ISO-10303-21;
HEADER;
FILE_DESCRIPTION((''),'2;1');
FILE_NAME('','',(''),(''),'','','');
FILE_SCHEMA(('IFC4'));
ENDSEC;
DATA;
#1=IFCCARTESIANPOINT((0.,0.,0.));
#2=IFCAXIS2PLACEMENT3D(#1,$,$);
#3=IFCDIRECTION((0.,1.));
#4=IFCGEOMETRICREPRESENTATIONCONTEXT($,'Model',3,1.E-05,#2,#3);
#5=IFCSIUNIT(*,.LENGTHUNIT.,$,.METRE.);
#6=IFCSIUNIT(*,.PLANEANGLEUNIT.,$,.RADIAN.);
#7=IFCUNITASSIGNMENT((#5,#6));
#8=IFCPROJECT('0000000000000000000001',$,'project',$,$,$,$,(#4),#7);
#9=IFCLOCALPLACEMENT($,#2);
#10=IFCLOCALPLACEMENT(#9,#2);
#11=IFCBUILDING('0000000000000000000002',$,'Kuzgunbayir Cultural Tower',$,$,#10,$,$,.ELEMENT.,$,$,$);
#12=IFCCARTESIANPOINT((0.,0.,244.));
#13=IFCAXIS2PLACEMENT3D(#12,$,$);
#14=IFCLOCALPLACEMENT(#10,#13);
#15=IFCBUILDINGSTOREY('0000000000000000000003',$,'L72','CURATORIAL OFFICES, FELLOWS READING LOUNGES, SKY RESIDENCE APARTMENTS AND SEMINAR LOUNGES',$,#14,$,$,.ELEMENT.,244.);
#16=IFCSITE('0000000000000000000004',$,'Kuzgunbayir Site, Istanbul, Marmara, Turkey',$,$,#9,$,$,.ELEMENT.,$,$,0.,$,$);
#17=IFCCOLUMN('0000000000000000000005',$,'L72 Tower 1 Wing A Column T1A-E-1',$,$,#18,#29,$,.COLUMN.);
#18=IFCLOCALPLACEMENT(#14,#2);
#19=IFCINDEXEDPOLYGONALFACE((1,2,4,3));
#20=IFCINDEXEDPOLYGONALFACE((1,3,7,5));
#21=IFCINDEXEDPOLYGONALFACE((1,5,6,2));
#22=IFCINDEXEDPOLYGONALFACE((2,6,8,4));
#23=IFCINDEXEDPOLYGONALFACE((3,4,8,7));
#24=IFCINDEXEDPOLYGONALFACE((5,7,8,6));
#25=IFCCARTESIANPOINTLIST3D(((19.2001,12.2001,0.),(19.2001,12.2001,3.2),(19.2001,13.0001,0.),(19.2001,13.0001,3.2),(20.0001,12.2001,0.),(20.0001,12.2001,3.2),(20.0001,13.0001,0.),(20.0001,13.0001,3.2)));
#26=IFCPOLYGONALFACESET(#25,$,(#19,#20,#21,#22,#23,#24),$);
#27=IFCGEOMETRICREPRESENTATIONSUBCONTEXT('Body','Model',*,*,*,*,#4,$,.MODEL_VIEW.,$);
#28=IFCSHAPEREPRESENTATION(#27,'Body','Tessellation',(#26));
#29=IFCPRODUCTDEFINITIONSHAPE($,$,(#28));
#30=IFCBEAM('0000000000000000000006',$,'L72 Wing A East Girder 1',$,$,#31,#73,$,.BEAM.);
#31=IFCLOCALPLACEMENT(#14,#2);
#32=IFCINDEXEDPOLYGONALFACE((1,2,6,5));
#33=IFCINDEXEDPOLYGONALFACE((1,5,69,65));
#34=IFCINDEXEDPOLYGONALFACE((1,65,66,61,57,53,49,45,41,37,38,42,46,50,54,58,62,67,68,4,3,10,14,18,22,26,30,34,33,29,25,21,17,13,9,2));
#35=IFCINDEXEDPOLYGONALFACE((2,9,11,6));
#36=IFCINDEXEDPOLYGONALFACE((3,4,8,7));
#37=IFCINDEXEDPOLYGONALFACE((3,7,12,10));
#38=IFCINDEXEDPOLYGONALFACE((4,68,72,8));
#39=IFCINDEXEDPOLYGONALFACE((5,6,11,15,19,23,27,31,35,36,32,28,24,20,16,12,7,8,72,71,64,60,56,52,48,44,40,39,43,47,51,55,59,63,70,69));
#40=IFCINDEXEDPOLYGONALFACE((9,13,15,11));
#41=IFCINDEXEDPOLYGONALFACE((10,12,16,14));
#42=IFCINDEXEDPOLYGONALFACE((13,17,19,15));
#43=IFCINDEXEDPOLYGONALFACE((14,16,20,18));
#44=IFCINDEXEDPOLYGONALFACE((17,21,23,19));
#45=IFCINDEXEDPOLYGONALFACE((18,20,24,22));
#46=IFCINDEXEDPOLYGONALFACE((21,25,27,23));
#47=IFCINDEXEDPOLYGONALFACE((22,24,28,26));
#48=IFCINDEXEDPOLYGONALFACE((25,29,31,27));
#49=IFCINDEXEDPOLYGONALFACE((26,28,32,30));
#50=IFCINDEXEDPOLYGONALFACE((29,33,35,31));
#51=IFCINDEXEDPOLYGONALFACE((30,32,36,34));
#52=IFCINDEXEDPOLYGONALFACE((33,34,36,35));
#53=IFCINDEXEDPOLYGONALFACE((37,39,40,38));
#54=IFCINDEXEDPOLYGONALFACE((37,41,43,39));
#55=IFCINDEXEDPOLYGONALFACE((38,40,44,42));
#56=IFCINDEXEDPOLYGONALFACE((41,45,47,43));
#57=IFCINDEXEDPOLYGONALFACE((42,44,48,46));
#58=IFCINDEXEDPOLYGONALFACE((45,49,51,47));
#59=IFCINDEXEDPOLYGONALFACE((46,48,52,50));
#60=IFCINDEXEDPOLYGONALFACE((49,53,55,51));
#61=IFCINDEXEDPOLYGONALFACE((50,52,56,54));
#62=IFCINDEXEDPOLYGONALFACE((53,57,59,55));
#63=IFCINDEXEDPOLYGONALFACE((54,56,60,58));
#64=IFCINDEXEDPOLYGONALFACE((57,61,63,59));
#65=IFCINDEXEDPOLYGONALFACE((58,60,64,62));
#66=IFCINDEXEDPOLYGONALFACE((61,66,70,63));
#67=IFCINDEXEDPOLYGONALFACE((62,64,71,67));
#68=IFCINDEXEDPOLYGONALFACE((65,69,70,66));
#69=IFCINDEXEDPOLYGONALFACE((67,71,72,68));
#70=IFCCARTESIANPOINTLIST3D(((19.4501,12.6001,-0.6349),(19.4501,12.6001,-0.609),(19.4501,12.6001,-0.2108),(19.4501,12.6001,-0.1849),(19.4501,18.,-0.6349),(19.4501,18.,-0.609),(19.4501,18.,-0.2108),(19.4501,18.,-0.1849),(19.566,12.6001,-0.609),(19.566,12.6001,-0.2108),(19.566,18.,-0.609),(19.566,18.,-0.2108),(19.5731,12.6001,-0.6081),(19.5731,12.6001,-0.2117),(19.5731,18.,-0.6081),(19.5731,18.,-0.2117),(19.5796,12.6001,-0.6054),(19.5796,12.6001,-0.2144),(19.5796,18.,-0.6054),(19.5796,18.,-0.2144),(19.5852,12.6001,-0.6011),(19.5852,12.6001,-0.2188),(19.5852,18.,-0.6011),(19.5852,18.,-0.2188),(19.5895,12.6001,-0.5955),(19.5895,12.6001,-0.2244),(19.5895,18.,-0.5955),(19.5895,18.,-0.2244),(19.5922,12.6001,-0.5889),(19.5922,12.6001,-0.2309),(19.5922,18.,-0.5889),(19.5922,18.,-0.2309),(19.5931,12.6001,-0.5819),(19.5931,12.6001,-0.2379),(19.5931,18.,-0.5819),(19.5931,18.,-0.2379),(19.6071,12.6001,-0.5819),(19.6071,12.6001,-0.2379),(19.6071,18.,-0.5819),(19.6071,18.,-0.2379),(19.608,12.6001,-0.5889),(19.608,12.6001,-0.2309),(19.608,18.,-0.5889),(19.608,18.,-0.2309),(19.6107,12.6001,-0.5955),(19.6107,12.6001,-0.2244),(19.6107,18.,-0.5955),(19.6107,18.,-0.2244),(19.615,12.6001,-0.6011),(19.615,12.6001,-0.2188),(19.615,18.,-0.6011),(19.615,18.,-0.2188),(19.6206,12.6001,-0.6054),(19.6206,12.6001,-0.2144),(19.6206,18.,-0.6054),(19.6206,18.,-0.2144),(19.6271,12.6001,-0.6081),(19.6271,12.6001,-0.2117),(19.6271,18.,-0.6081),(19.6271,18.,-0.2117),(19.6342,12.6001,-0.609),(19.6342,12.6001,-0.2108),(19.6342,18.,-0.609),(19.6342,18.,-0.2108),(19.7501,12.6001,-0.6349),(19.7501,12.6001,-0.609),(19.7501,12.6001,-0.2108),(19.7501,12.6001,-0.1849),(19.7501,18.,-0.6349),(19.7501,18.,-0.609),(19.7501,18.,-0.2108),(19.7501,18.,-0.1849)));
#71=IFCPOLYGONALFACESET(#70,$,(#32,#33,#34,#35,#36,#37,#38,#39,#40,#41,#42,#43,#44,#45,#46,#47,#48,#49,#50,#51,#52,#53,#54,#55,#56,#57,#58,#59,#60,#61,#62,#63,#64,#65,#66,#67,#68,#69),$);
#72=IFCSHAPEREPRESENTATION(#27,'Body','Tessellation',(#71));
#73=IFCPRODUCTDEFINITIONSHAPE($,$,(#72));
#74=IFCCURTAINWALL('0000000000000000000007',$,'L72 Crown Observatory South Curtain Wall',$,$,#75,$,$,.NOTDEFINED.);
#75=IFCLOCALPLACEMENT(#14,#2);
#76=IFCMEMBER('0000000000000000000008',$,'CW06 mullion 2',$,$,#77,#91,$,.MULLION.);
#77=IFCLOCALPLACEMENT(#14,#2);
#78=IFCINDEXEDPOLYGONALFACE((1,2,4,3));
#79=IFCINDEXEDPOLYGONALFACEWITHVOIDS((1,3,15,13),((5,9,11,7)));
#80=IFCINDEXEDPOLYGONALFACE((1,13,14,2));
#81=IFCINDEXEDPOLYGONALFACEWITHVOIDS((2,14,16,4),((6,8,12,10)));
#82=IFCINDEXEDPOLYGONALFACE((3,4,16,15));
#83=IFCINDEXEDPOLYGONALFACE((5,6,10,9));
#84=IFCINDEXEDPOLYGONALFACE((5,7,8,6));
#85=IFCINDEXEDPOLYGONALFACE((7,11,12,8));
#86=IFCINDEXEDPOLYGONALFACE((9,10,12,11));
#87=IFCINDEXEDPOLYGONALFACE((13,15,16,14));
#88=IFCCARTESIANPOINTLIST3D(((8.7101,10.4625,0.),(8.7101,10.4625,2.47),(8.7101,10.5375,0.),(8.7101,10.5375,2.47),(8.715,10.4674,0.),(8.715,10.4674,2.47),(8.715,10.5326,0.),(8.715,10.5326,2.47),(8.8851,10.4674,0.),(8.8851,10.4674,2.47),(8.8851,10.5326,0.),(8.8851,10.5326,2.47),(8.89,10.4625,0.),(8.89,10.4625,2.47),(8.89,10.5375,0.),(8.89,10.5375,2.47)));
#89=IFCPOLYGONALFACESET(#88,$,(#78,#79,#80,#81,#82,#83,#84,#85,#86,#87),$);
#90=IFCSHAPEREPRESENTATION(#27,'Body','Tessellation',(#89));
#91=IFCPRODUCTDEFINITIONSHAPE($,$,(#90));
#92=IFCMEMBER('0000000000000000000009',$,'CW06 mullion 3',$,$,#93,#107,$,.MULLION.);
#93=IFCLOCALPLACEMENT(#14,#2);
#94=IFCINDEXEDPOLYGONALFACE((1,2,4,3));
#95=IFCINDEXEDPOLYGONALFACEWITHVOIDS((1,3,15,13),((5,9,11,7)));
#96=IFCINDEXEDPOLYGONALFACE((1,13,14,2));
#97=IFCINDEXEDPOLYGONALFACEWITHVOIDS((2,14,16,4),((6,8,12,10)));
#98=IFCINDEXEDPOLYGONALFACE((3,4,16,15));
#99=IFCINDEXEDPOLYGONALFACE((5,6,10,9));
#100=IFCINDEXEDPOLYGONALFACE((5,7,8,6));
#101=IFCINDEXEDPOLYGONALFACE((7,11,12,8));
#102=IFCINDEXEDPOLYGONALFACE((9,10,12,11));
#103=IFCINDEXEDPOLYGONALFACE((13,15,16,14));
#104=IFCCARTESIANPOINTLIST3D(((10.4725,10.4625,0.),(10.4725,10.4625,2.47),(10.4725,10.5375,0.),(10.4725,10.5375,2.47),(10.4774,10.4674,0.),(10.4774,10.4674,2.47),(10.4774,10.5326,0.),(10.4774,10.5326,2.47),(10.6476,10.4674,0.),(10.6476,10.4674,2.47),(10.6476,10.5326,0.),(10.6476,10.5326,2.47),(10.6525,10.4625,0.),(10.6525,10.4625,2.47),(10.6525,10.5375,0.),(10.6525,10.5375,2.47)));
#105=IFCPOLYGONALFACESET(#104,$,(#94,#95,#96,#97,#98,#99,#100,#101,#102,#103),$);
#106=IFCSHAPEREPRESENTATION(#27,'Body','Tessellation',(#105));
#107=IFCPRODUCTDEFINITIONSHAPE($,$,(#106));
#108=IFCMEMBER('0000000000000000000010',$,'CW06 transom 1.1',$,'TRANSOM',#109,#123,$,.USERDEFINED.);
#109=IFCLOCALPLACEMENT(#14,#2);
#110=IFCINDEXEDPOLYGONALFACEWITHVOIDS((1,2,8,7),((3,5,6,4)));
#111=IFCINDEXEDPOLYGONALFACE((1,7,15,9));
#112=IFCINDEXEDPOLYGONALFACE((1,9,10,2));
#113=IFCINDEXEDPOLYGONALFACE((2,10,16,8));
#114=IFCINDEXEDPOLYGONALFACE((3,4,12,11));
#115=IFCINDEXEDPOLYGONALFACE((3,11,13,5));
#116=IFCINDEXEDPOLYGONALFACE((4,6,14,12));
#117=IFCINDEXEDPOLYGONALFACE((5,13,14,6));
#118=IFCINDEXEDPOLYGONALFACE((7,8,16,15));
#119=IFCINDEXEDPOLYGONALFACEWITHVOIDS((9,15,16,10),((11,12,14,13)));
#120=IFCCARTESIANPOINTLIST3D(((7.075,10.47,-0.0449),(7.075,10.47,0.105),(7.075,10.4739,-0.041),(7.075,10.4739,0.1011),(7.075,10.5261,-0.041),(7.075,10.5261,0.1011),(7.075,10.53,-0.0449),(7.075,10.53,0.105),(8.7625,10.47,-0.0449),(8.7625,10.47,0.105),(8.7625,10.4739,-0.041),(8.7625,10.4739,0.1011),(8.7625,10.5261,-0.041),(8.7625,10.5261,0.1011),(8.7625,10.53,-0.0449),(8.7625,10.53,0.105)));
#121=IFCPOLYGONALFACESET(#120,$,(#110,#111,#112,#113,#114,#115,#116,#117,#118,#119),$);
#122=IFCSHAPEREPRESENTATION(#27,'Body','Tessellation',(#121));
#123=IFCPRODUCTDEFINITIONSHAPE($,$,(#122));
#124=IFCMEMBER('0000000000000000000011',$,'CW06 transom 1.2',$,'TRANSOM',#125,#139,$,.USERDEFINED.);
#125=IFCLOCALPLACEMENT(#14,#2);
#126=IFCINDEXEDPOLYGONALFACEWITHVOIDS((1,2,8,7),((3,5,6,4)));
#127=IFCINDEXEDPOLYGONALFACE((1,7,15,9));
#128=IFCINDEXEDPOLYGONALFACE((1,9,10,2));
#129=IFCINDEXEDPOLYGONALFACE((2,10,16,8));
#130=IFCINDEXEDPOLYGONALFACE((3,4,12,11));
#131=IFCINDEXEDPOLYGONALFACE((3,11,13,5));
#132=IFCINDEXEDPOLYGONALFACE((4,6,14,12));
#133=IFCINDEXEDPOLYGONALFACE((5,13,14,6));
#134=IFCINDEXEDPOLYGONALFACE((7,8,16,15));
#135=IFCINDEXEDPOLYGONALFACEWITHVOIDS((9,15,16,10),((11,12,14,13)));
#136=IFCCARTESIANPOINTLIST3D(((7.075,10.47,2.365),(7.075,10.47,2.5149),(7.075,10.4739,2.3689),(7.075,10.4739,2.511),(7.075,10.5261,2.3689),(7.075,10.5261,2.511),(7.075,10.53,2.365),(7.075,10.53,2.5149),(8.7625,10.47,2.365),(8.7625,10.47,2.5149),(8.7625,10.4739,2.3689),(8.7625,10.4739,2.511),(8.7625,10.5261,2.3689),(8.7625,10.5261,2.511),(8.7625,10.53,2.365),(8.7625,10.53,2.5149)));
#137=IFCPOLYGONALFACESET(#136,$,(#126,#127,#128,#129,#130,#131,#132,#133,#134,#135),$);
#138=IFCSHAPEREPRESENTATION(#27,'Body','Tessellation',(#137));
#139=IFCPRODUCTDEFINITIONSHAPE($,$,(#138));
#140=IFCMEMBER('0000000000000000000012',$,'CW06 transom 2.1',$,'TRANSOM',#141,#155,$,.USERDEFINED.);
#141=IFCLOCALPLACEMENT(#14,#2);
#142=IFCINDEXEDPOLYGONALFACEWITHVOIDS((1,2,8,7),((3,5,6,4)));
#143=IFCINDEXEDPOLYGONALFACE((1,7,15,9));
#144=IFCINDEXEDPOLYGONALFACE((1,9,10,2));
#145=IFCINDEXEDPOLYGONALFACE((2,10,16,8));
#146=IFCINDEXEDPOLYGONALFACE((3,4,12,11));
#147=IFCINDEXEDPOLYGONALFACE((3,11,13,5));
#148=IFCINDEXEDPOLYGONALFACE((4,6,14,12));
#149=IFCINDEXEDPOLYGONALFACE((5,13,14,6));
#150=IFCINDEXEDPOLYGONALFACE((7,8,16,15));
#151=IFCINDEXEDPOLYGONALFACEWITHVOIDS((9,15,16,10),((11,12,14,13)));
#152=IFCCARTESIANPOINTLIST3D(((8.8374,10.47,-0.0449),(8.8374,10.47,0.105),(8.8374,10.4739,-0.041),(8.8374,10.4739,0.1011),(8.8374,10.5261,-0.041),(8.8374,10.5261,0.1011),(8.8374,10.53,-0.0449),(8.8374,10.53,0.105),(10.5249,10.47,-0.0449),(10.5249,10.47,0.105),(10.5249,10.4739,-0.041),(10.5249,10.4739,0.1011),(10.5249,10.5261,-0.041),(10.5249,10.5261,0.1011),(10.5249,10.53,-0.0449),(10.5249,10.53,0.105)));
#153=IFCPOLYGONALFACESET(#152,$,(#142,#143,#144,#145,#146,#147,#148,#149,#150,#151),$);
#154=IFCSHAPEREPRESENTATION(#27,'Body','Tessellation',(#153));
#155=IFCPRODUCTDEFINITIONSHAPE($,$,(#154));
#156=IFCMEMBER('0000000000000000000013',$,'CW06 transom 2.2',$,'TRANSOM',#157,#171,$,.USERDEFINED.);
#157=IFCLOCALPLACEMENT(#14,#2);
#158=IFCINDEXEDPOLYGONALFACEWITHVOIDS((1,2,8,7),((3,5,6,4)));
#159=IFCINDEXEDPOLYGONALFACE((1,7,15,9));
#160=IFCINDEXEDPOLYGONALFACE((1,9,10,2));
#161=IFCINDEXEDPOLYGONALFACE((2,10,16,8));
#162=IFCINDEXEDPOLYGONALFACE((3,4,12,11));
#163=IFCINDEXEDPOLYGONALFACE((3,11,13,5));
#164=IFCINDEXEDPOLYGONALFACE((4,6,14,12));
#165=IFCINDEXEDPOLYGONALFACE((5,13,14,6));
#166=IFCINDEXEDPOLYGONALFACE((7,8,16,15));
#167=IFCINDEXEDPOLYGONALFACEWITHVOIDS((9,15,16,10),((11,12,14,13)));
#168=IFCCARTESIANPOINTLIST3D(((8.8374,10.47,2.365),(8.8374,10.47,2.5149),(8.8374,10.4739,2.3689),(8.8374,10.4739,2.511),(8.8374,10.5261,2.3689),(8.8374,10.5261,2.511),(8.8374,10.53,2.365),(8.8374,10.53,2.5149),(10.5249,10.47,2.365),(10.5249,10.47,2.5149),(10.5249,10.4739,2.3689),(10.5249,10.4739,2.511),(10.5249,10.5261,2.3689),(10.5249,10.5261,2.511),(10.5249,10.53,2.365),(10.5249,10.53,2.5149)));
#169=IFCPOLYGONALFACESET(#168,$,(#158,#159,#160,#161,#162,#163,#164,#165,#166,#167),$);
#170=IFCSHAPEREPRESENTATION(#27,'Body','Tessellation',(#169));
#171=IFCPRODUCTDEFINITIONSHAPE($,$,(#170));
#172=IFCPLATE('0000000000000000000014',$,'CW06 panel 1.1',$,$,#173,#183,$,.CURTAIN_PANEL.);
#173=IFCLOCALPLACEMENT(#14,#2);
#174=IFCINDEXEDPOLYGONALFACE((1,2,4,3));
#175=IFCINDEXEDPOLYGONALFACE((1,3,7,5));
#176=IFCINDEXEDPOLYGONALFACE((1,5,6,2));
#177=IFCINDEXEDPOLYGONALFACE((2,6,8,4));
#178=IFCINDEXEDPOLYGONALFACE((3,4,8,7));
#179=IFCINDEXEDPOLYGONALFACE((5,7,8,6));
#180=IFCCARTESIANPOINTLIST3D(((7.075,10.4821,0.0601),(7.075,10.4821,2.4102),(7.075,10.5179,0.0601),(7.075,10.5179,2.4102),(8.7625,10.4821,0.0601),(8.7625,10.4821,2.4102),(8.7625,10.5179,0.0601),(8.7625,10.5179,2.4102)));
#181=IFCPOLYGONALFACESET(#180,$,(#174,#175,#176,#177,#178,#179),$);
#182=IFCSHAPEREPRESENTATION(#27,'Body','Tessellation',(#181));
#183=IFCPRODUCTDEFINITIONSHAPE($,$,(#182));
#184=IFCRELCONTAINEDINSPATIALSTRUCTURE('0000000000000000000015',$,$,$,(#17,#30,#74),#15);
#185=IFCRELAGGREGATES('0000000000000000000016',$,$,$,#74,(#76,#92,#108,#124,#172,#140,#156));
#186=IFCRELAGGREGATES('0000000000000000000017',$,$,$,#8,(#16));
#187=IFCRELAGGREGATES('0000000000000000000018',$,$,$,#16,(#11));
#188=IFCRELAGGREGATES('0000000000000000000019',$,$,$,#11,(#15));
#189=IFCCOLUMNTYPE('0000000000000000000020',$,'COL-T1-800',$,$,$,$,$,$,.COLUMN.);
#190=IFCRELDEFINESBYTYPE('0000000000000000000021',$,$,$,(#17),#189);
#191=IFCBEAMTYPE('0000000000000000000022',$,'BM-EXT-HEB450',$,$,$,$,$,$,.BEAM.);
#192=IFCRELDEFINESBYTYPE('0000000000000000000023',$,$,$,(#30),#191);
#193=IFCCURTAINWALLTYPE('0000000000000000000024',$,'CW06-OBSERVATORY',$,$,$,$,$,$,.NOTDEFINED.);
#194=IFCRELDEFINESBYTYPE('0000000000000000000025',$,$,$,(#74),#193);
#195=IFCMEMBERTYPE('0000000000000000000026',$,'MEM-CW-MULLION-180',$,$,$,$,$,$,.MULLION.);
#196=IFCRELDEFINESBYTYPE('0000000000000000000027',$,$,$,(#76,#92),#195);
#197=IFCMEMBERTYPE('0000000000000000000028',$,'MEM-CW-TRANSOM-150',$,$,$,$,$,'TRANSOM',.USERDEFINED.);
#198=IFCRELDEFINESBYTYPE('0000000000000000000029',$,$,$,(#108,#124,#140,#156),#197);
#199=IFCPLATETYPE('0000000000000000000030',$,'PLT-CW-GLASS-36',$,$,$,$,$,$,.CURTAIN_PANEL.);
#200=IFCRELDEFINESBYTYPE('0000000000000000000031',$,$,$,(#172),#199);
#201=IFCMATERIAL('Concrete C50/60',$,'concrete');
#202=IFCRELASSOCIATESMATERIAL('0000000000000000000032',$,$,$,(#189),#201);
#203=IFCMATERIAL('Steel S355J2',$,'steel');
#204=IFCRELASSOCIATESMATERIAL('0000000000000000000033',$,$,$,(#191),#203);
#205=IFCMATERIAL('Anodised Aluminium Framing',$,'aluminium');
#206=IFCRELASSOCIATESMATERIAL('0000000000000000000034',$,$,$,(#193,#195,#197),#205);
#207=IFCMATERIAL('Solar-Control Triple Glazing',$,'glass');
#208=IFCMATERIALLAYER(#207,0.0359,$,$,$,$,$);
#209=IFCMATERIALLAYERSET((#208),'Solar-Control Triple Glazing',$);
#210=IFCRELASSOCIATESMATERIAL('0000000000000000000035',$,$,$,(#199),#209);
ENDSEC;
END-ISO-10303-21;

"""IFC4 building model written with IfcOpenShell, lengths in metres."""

from ifc_helpers import new_model, si_unit, direction, frame, origin, origin_2d, place, context, subcontext, project, spatial, rectangle, hollow_rectangle, i_section, extrude, material, layer, layer_set, material_profile, profile_set, type_object, element, aggregate, save


model = new_model("IFC4")

# Units and contexts
model_context = context("Model", 3, precision=1e-05, world=origin(), true_north=direction((0.0, 1.0)))
body_context = subcontext(model_context, "Body", "Model", "MODEL_VIEW")
ifc_project = project(units=[si_unit("LENGTHUNIT", "METRE"), si_unit("PLANEANGLEUNIT", "RADIAN")], contexts=[model_context])

# Site, building, storey
site_placement = place(None, origin())
site = spatial("IfcSite", under=ifc_project, at=site_placement, Name="Kuzgunbayir Site, Istanbul, Marmara, Turkey", CompositionType="ELEMENT", RefElevation=0.0)
building_placement = place(site_placement, origin())
building = spatial("IfcBuilding", under=site, at=building_placement, Name="Kuzgunbayir Cultural Tower", CompositionType="ELEMENT")
storey_placement = place(building_placement, frame((0.0, 0.0, 244.0)))
storey = spatial("IfcBuildingStorey", under=building, at=storey_placement, Name="L72", Description="CURATORIAL OFFICES, FELLOWS READING LOUNGES, SKY RESIDENCE APARTMENTS AND SEMINAR LOUNGES", CompositionType="ELEMENT", Elevation=244.0)

# Column
ifc_material_1 = material(Name="Concrete C50/60", Category="concrete")
ifc_material_profile_1 = material_profile(ifc_material_1, rectangle(XDim=0.8, YDim=0.8, at=origin_2d()), Name="RC 800x800")
ifc_profile_set_1 = profile_set([ifc_material_profile_1], Name="Concrete C50/60")
column_type = type_object("IfcColumnType", Name="COL-T1-800", PredefinedType="COLUMN", material=ifc_profile_set_1)
column_placement = place(storey_placement, frame((19.6001, 12.6001, 0.0), z_axis=(0.0, 0.0, 1.0), x_axis=(1.0, 0.0, 0.0)))
element("IfcColumn", 1, at=column_placement, inside=storey, type_object=column_type, Name="L72 Tower 1 Wing A Column T1A-E-1", PredefinedType="COLUMN", context=body_context, shape_type="SweptSolid", body=[
    extrude(rectangle(XDim=0.8, YDim=0.8, at=origin_2d()), origin(), (0.0, 0.0, 1.0), 3.2),
])

# Beam
ifc_material_2 = material(Name="Steel S355J2", Category="steel")
ifc_material_profile_2 = material_profile(ifc_material_2, i_section(OverallWidth=0.3, OverallDepth=0.45, WebThickness=0.0139, FlangeThickness=0.0259, FilletRadius=0.0271, at=origin_2d()), Name="HEB 450")
ifc_profile_set_2 = profile_set([ifc_material_profile_2], Name="Steel S355J2")
beam_type = type_object("IfcBeamType", Name="BM-EXT-HEB450", PredefinedType="BEAM", material=ifc_profile_set_2)
beam_placement = place(storey_placement, frame((19.6001, 12.6001, -0.4099), z_axis=(0.0, 1.0, 0.0), x_axis=(-1.0, 0.0, 0.0)))
element("IfcBeam", 2, at=beam_placement, inside=storey, type_object=beam_type, Name="L72 Wing A East Girder 1", PredefinedType="BEAM", context=body_context, shape_type="SweptSolid", body=[
    extrude(i_section(OverallWidth=0.3, OverallDepth=0.45, WebThickness=0.0139, FlangeThickness=0.0259, FilletRadius=0.0271, at=origin_2d()), origin(), (0.0, 0.0, 1.0), 5.3999),
])

# Curtain wall, members, plate
ifc_material_3 = material(Name="Anodised Aluminium Framing", Category="aluminium")
curtain_wall_type = type_object("IfcCurtainWallType", Name="CW06-OBSERVATORY", PredefinedType="NOTDEFINED", material=ifc_material_3)
curtain_wall_placement = place(storey_placement, origin())
curtain_wall = element("IfcCurtainWall", 3, at=curtain_wall_placement, inside=storey, type_object=curtain_wall_type, Name="L72 Crown Observatory South Curtain Wall", PredefinedType="NOTDEFINED")
ifc_material_profile_3 = material_profile(ifc_material_3, hollow_rectangle(XDim=0.075, YDim=0.1799, WallThickness=0.0049, at=origin_2d()), Name="RHS 180x75x5")
ifc_profile_set_3 = profile_set([ifc_material_profile_3], Name="Anodised Aluminium Framing")
member_type_1 = type_object("IfcMemberType", Name="MEM-CW-MULLION-180", PredefinedType="MULLION", material=ifc_profile_set_3)
member_1_placement = place(storey_placement, frame((8.8, 10.5, 0.0), z_axis=(0.0, 0.0, 1.0), x_axis=(0.0, 1.0, 0.0)))
member_1 = element("IfcMember", 4, at=member_1_placement, type_object=member_type_1, Name="CW06 mullion 2", PredefinedType="MULLION", context=body_context, shape_type="SweptSolid", body=[
    extrude(hollow_rectangle(XDim=0.075, YDim=0.1799, WallThickness=0.0049, at=origin_2d()), origin(), (0.0, 0.0, 1.0), 2.47),
])
member_2_placement = place(storey_placement, frame((10.5625, 10.5, 0.0), z_axis=(0.0, 0.0, 1.0), x_axis=(0.0, 1.0, 0.0)))
member_2 = element("IfcMember", 5, at=member_2_placement, type_object=member_type_1, Name="CW06 mullion 3", PredefinedType="MULLION", context=body_context, shape_type="SweptSolid", body=[
    extrude(hollow_rectangle(XDim=0.075, YDim=0.1799, WallThickness=0.0049, at=origin_2d()), origin(), (0.0, 0.0, 1.0), 2.47),
])
ifc_material_profile_4 = material_profile(ifc_material_3, hollow_rectangle(XDim=0.0601, YDim=0.1499, WallThickness=0.0039, at=origin_2d()), Name="RHS 150x60x4")
ifc_profile_set_4 = profile_set([ifc_material_profile_4], Name="Anodised Aluminium Framing")
member_type_2 = type_object("IfcMemberType", Name="MEM-CW-TRANSOM-150", ElementType="TRANSOM", PredefinedType="USERDEFINED", material=ifc_profile_set_4)
member_3_placement = place(storey_placement, frame((7.075, 10.5, 0.03), z_axis=(1.0, 0.0, 0.0), x_axis=(0.0, 1.0, 0.0)))
member_3 = element("IfcMember", 6, at=member_3_placement, type_object=member_type_2, Name="CW06 transom 1.1", ObjectType="TRANSOM", PredefinedType="USERDEFINED", context=body_context, shape_type="SweptSolid", body=[
    extrude(hollow_rectangle(XDim=0.0601, YDim=0.1499, WallThickness=0.0039, at=origin_2d()), origin(), (0.0, 0.0, 1.0), 1.6875),
])
member_4_placement = place(storey_placement, frame((7.075, 10.5, 2.4399), z_axis=(1.0, 0.0, 0.0), x_axis=(0.0, 1.0, 0.0)))
member_4 = element("IfcMember", 7, at=member_4_placement, type_object=member_type_2, Name="CW06 transom 1.2", ObjectType="TRANSOM", PredefinedType="USERDEFINED", context=body_context, shape_type="SweptSolid", body=[
    extrude(hollow_rectangle(XDim=0.0601, YDim=0.1499, WallThickness=0.0039, at=origin_2d()), origin(), (0.0, 0.0, 1.0), 1.6875),
])
member_5_placement = place(storey_placement, frame((8.8374, 10.5, 0.03), z_axis=(1.0, 0.0, 0.0), x_axis=(0.0, 1.0, 0.0)))
member_5 = element("IfcMember", 8, at=member_5_placement, type_object=member_type_2, Name="CW06 transom 2.1", ObjectType="TRANSOM", PredefinedType="USERDEFINED", context=body_context, shape_type="SweptSolid", body=[
    extrude(hollow_rectangle(XDim=0.0601, YDim=0.1499, WallThickness=0.0039, at=origin_2d()), origin(), (0.0, 0.0, 1.0), 1.6875),
])
member_6_placement = place(storey_placement, frame((8.8374, 10.5, 2.4399), z_axis=(1.0, 0.0, 0.0), x_axis=(0.0, 1.0, 0.0)))
member_6 = element("IfcMember", 9, at=member_6_placement, type_object=member_type_2, Name="CW06 transom 2.2", ObjectType="TRANSOM", PredefinedType="USERDEFINED", context=body_context, shape_type="SweptSolid", body=[
    extrude(hollow_rectangle(XDim=0.0601, YDim=0.1499, WallThickness=0.0039, at=origin_2d()), origin(), (0.0, 0.0, 1.0), 1.6875),
])
ifc_material_4 = material(Name="Solar-Control Triple Glazing", Category="glass")
ifc_layer_1 = layer(ifc_material_4, 0.0359)
ifc_layer_set_1 = layer_set([ifc_layer_1], Name="Solar-Control Triple Glazing")
plate_type = type_object("IfcPlateType", Name="PLT-CW-GLASS-36", PredefinedType="CURTAIN_PANEL", material=ifc_layer_set_1)
plate_1_placement = place(storey_placement, frame((7.9187, 10.5, 0.0601), z_axis=(0.0, 0.0, 1.0), x_axis=(1.0, 0.0, 0.0)))
plate_1 = element("IfcPlate", 10, at=plate_1_placement, type_object=plate_type, Name="CW06 panel 1.1", PredefinedType="CURTAIN_PANEL", context=body_context, shape_type="SweptSolid", body=[
    extrude(rectangle(XDim=1.6875, YDim=0.0359, at=origin_2d()), origin(), (0.0, 0.0, 1.0), 2.3501),
])
aggregate(curtain_wall, [member_1, member_2, member_3, member_4, plate_1, member_5, member_6])

save(model, "model.ifc")
